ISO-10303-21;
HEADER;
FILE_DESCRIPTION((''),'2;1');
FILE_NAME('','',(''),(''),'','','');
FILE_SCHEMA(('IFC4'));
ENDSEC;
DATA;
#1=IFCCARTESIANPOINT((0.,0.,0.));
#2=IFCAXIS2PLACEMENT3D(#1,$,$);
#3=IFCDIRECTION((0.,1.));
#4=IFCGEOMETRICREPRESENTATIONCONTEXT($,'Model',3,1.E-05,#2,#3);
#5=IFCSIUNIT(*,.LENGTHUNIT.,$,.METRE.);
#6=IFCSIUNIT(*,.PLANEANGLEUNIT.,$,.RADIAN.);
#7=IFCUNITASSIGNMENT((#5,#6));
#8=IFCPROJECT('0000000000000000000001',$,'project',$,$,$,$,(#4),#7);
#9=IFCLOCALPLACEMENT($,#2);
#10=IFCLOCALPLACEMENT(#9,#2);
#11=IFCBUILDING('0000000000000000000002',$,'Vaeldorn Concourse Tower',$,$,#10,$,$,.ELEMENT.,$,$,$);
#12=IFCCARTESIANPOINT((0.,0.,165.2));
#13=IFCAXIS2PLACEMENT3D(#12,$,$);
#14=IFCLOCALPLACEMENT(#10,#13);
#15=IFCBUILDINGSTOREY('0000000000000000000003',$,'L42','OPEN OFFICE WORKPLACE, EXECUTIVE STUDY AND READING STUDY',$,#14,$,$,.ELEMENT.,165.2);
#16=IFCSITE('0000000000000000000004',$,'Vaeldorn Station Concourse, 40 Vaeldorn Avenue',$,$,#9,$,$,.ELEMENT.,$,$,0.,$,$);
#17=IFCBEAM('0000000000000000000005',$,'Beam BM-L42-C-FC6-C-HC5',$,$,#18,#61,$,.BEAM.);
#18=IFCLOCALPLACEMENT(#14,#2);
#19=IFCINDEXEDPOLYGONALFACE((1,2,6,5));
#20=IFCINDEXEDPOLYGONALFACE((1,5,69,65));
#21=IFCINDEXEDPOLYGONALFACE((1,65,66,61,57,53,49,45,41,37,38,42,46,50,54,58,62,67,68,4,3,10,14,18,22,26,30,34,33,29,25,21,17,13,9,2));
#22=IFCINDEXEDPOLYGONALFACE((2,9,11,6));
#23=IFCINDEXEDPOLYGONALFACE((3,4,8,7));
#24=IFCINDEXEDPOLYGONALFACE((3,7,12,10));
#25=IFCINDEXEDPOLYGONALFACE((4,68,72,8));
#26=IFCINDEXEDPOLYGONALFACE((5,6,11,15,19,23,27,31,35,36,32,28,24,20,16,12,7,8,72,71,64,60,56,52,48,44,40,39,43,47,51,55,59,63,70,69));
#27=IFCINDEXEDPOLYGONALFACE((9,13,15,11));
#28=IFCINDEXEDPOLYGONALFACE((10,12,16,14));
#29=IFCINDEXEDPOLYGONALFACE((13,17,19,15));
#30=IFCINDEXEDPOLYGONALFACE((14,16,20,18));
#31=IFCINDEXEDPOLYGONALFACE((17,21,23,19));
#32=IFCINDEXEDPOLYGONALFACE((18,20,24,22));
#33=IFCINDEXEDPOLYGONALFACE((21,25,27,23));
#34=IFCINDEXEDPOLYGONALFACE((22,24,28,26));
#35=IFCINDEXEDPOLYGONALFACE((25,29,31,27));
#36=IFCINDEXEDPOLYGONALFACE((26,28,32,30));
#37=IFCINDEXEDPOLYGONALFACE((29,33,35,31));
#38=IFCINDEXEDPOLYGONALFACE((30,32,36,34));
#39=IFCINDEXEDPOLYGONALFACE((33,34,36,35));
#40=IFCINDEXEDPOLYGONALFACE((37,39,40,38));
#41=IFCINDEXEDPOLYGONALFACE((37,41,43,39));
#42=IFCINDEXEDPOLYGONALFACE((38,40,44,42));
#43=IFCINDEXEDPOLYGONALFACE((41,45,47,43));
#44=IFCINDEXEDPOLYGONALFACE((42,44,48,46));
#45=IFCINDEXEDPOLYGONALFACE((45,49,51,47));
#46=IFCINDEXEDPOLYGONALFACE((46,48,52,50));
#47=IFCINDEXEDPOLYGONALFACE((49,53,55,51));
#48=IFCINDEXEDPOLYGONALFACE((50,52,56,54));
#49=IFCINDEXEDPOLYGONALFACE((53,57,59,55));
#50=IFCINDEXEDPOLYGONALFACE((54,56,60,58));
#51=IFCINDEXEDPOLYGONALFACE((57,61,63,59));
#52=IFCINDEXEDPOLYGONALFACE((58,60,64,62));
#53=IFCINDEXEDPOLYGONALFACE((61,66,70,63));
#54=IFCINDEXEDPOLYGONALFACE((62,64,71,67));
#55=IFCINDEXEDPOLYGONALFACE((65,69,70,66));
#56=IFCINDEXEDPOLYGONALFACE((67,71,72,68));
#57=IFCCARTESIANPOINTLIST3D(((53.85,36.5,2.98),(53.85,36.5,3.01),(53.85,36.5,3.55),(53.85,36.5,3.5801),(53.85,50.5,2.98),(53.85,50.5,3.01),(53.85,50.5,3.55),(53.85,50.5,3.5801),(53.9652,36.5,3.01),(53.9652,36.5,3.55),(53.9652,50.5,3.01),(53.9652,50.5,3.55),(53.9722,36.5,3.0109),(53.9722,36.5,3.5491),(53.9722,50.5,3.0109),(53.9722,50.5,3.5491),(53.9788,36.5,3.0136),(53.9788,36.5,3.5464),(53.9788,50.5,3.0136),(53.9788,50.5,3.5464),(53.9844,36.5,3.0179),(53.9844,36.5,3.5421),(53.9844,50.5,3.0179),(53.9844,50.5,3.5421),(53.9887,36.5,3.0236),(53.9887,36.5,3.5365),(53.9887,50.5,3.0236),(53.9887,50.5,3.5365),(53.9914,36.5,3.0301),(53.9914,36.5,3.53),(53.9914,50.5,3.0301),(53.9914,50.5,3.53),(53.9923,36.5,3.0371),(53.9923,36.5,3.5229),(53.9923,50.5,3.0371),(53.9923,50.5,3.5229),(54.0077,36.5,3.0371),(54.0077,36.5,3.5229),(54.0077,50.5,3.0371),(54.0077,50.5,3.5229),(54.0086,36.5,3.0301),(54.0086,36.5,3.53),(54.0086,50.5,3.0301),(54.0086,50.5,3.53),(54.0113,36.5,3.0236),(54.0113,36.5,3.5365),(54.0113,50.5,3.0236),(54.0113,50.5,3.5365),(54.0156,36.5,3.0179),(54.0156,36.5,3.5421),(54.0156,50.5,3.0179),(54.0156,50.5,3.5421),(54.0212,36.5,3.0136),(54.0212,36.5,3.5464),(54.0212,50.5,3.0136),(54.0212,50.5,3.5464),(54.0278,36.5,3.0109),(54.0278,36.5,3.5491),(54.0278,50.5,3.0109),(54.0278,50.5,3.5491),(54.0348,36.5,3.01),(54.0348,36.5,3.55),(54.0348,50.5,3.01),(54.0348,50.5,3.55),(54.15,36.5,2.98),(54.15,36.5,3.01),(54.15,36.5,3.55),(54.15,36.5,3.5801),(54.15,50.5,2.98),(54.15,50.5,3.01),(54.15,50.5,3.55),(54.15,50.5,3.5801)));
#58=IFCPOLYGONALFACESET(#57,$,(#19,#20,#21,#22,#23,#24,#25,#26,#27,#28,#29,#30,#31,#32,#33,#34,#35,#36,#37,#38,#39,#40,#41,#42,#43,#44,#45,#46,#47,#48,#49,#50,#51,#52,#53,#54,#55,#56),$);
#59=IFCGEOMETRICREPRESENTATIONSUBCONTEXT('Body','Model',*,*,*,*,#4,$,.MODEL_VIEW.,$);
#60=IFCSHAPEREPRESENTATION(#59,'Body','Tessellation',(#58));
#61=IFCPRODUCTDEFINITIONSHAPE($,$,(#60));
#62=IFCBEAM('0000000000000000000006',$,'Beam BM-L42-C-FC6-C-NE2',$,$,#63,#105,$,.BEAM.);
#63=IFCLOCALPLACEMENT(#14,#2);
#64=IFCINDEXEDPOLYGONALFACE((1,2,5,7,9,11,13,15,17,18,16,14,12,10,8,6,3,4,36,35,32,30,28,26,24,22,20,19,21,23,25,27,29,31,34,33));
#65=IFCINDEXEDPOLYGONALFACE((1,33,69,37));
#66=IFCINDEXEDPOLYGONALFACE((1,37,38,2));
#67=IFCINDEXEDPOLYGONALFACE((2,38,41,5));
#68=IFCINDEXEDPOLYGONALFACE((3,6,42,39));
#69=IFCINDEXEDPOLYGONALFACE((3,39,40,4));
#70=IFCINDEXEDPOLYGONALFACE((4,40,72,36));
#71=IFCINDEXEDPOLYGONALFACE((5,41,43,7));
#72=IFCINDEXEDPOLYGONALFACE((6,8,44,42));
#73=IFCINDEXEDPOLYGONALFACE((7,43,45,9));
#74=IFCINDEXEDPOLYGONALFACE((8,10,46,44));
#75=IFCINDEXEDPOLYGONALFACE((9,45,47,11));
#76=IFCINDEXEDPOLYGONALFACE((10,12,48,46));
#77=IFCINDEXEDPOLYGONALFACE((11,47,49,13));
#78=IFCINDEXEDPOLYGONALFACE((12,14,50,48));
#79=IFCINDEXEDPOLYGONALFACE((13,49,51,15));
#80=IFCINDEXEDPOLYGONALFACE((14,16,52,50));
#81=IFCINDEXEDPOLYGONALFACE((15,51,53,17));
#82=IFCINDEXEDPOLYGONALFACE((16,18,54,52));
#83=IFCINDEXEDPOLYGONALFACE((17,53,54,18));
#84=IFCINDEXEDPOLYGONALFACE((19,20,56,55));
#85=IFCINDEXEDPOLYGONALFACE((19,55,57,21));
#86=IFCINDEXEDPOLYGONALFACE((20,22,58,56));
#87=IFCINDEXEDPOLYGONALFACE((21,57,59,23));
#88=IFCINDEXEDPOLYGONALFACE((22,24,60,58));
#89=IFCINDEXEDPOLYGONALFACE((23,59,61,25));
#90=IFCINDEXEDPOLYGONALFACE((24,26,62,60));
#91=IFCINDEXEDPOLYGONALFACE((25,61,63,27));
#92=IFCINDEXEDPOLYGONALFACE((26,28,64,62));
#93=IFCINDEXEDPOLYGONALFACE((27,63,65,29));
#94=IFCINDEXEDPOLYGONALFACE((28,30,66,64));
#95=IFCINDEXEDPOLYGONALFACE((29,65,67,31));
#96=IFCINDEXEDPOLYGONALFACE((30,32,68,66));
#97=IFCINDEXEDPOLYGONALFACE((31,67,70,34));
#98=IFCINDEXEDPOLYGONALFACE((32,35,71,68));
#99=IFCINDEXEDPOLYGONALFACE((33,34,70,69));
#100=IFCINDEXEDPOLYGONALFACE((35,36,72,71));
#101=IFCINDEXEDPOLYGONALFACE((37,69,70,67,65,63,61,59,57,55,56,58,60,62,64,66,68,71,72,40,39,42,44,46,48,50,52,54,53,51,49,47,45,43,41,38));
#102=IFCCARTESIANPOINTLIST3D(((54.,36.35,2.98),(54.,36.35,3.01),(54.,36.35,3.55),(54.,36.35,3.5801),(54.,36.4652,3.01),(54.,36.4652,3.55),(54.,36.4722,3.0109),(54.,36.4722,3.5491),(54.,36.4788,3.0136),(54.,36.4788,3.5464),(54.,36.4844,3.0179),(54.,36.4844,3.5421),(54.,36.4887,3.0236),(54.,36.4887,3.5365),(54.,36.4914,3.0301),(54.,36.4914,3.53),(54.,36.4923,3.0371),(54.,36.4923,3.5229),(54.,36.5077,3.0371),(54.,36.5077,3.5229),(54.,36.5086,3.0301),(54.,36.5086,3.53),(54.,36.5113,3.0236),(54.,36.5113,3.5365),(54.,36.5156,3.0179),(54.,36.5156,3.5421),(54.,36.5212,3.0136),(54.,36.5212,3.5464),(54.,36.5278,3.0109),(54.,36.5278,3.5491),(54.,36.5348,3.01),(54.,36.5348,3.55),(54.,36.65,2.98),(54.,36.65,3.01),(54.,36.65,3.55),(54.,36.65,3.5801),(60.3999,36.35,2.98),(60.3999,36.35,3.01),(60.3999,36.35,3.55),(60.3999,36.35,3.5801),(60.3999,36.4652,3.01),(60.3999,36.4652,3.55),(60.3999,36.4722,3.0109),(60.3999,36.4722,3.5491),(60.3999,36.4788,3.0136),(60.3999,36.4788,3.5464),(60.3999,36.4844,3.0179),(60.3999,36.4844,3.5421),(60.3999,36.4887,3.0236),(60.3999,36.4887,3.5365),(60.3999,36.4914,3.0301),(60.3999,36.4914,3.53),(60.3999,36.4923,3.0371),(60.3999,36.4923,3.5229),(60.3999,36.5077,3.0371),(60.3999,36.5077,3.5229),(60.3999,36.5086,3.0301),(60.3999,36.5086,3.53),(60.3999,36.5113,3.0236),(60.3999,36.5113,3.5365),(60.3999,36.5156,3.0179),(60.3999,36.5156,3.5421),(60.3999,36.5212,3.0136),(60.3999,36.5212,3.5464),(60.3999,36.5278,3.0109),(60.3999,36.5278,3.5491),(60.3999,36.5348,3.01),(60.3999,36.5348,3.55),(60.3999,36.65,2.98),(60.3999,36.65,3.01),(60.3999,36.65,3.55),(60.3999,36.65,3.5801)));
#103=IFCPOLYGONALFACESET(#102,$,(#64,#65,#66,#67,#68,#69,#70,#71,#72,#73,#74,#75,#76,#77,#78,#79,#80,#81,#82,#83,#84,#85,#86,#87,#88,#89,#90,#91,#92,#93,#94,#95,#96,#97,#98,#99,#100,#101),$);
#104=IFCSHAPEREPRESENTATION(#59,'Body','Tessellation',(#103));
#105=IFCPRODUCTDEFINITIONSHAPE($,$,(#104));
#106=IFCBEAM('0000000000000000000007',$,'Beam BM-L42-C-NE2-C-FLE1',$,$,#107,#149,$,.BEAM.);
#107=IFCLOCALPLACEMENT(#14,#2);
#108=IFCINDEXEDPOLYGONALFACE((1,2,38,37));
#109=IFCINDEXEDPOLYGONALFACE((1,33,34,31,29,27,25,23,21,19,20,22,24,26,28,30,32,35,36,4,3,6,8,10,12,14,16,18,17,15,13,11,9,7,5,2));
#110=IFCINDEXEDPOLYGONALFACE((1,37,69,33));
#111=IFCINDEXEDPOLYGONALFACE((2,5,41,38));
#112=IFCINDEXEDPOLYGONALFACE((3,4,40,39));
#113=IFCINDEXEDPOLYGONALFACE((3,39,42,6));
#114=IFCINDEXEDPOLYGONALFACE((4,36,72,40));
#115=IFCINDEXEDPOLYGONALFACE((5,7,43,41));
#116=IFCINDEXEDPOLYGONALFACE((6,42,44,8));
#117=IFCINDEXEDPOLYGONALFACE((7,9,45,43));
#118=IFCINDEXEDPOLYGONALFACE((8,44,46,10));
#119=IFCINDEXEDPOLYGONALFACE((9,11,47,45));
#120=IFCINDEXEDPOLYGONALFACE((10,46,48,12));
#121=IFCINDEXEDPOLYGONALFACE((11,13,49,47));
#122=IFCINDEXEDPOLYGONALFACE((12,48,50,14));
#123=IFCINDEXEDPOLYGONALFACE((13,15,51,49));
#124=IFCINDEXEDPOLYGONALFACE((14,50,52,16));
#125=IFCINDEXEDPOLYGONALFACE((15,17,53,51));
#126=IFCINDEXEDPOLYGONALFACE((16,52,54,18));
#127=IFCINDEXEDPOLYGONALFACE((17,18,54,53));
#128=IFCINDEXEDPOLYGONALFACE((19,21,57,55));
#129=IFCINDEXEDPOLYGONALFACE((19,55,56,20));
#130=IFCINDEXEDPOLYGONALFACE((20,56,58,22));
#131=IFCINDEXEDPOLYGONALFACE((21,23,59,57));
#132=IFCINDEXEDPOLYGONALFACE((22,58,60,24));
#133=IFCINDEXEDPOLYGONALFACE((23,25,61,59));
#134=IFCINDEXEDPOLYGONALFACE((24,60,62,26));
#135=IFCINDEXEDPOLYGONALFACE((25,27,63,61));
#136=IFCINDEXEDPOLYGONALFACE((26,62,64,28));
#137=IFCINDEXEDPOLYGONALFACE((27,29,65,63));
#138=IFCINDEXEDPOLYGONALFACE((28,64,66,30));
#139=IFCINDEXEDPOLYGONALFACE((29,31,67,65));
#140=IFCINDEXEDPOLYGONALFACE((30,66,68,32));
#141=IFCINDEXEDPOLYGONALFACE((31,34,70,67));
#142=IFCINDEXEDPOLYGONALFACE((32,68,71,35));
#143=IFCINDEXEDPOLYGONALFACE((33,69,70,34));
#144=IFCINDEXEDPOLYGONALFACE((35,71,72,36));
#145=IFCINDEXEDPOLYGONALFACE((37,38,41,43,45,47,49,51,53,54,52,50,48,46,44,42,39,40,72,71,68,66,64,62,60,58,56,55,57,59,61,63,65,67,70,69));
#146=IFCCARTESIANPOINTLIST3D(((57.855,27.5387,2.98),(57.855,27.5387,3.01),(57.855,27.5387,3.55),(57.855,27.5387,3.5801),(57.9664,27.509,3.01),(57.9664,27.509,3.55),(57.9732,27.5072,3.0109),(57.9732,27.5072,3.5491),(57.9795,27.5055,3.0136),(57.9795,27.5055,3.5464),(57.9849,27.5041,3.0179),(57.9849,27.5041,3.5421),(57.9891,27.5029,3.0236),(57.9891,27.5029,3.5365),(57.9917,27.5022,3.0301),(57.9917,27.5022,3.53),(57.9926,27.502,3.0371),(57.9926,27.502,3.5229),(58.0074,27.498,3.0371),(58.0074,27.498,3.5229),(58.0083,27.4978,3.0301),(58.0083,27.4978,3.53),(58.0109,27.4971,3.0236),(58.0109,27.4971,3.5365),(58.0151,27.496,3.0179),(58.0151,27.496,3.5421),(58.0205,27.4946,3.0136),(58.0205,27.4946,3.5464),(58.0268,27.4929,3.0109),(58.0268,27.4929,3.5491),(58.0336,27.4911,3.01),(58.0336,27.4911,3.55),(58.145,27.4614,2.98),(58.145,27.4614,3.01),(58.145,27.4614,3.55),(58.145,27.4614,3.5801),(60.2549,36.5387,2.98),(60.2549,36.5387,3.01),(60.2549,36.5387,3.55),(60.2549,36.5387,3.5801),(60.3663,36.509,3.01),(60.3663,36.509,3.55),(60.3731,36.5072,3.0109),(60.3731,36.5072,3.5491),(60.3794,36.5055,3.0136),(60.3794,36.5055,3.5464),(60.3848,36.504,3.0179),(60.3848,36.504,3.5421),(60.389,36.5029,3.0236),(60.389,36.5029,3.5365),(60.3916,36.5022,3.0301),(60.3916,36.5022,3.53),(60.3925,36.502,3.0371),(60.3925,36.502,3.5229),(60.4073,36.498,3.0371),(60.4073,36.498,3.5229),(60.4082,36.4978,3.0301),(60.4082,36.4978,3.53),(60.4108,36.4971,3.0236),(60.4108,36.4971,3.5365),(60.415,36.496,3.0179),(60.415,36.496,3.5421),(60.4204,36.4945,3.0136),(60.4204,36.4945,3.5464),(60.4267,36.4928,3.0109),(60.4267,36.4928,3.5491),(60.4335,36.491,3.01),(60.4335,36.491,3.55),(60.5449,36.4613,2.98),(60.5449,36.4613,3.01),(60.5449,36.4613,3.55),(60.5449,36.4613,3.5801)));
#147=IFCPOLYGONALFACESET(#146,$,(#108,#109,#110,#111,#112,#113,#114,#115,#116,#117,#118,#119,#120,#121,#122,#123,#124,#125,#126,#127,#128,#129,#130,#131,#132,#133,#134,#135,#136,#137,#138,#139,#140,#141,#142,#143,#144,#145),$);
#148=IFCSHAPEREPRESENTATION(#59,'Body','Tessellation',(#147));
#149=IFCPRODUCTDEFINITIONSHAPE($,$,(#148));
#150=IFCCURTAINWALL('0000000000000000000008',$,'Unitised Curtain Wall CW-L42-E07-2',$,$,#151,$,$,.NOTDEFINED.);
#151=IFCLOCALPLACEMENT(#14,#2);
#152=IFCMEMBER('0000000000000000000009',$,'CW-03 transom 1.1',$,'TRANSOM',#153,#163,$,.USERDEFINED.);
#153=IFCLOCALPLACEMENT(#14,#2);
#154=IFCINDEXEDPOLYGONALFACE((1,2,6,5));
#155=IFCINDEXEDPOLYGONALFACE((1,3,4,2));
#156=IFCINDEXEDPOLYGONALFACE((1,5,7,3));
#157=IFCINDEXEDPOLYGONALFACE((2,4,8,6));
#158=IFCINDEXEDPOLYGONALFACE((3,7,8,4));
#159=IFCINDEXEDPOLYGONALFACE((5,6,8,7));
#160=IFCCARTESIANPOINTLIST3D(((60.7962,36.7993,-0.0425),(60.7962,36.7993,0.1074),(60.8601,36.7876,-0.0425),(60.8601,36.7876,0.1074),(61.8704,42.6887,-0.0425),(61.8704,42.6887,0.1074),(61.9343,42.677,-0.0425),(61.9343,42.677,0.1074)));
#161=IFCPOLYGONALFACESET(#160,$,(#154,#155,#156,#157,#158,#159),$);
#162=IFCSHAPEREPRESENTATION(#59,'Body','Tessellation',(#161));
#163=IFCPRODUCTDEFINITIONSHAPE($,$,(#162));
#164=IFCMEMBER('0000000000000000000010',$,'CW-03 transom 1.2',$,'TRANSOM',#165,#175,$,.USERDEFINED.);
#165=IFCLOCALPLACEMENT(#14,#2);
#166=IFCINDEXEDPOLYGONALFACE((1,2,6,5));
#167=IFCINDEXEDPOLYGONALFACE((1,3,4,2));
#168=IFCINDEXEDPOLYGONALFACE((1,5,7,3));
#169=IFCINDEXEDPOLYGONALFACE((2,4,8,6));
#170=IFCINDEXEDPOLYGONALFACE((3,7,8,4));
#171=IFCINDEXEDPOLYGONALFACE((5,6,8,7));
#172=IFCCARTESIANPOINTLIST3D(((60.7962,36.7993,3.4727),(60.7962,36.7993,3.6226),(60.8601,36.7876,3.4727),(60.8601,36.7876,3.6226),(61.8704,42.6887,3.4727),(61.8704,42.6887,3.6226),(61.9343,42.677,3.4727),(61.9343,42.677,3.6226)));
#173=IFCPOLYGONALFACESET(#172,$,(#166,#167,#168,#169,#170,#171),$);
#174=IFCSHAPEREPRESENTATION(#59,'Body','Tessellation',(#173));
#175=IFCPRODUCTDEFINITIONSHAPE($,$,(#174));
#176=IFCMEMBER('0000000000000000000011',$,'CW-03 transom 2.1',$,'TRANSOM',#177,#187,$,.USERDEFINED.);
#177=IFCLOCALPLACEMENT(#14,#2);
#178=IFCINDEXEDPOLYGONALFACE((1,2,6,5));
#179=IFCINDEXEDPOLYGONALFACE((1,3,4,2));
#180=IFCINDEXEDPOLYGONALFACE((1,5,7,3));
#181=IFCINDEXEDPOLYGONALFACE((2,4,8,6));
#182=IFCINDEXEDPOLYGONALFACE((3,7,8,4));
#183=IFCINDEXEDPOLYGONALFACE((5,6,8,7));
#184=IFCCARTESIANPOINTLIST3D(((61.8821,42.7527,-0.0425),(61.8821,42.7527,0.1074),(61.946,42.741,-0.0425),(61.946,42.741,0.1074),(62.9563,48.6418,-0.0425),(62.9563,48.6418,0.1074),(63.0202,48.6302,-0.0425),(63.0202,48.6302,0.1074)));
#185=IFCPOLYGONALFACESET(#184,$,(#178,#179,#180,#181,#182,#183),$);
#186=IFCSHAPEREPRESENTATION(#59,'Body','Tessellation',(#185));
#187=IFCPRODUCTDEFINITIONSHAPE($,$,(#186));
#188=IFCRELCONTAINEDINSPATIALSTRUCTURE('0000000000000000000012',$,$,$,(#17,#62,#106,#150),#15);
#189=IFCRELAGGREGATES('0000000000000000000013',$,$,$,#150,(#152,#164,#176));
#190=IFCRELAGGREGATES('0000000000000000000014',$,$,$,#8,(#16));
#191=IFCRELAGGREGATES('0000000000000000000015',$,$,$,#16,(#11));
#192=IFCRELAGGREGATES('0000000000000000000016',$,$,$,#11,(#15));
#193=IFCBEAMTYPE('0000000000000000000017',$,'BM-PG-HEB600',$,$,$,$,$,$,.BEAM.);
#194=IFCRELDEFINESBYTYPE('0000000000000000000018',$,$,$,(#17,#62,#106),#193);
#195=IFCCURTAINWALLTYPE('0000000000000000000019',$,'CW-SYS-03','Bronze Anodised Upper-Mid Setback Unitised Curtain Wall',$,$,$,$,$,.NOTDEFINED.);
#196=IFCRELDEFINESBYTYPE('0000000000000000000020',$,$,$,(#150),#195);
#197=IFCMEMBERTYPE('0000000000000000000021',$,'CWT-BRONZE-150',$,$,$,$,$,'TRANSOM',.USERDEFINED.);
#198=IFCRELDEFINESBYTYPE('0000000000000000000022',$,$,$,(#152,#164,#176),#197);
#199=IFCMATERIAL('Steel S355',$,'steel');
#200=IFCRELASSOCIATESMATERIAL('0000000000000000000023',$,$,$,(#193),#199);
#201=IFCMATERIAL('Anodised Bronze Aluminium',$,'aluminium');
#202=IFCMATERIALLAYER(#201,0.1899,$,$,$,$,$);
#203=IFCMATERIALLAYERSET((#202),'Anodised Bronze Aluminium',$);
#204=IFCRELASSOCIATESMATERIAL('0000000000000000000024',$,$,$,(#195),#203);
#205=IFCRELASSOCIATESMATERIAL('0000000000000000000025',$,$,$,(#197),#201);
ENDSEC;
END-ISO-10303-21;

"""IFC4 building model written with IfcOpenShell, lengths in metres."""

from ifc_helpers import new_model, si_unit, direction, frame, origin, origin_2d, place, context, subcontext, project, spatial, rectangle, i_section, extrude, source, transform, mapped, material, layer, layer_set, material_profile, profile_set, type_object, element, aggregate, save


model = new_model("IFC4")

# Units and contexts
model_context = context("Model", 3, precision=1e-05, world=origin(), true_north=direction((0.0, 1.0)))
body_context = subcontext(model_context, "Body", "Model", "MODEL_VIEW")
ifc_project = project(units=[si_unit("LENGTHUNIT", "METRE"), si_unit("PLANEANGLEUNIT", "RADIAN")], contexts=[model_context])

# Site, building, storey
site_placement = place(None, origin())
site = spatial("IfcSite", under=ifc_project, at=site_placement, Name="Vaeldorn Station Concourse, 40 Vaeldorn Avenue", CompositionType="ELEMENT", RefElevation=0.0)
building_placement = place(site_placement, origin())
building = spatial("IfcBuilding", under=site, at=building_placement, Name="Vaeldorn Concourse Tower", CompositionType="ELEMENT")
storey_placement = place(building_placement, frame((0.0, 0.0, 165.2)))
storey = spatial("IfcBuildingStorey", under=building, at=storey_placement, Name="L42", Description="OPEN OFFICE WORKPLACE, EXECUTIVE STUDY AND READING STUDY", CompositionType="ELEMENT", Elevation=165.2)

# Beams
ifc_material_1 = material(Name="Steel S355", Category="steel")
ifc_material_profile_1 = material_profile(ifc_material_1, i_section(OverallWidth=0.3, OverallDepth=0.6001, WebThickness=0.0154, FlangeThickness=0.03, FilletRadius=0.0271, at=origin_2d()), Name="HEB 600")
ifc_profile_set_1 = profile_set([ifc_material_profile_1], Name="Steel S355")
beam_type_1 = type_object("IfcBeamType", Name="BM-PG-HEB600", PredefinedType="BEAM", material=ifc_profile_set_1)
shared_shape_1 = source(origin(), body_context, "Body", "SweptSolid", [
    extrude(i_section(OverallWidth=0.3, OverallDepth=0.6001, WebThickness=0.0154, FlangeThickness=0.03, FilletRadius=0.0271, at=origin_2d()), origin(), (0.0, 0.0, 1.0), 14.0),
])
beam_1_placement = place(storey_placement, frame((54.0, 36.5, 3.28), z_axis=(0.0, 1.0, 0.0), x_axis=(-1.0, 0.0, 0.0)))
element("IfcBeam", 1, at=beam_1_placement, inside=storey, type_object=beam_type_1, Name="Beam BM-L42-C-FC6-C-HC5", PredefinedType="BEAM", context=body_context, shape_type="MappedRepresentation", body=[
    mapped(shared_shape_1, transform((0.0, 0.0, 0.0), scale=1.0)),
])
shared_shape_2 = source(origin(), body_context, "Body", "SweptSolid", [
    extrude(i_section(OverallWidth=0.3, OverallDepth=0.6001, WebThickness=0.0154, FlangeThickness=0.03, FilletRadius=0.0271, at=origin_2d()), origin(), (0.0, 0.0, 1.0), 6.3999),
])
beam_2_placement = place(storey_placement, frame((54.0, 36.5, 3.28), z_axis=(1.0, 0.0, 0.0), x_axis=(0.0, 1.0, 0.0)))
element("IfcBeam", 2, at=beam_2_placement, inside=storey, type_object=beam_type_1, Name="Beam BM-L42-C-FC6-C-NE2", PredefinedType="BEAM", context=body_context, shape_type="MappedRepresentation", body=[
    mapped(shared_shape_2, transform((0.0, 0.0, 0.0), scale=1.0)),
])
shared_shape_3 = source(origin(), body_context, "Body", "SweptSolid", [
    extrude(i_section(OverallWidth=0.3, OverallDepth=0.6001, WebThickness=0.0154, FlangeThickness=0.03, FilletRadius=0.0271, at=origin_2d()), origin(), (0.0, 0.0, 1.0), 9.3145),
])
beam_3_placement = place(storey_placement, frame((60.3999, 36.5, 3.28), z_axis=(-0.257653, -0.966238, 0.0), x_axis=(0.966238, -0.257653, 0.0)))
element("IfcBeam", 3, at=beam_3_placement, inside=storey, type_object=beam_type_1, Name="Beam BM-L42-C-NE2-C-FLE1", PredefinedType="BEAM", context=body_context, shape_type="MappedRepresentation", body=[
    mapped(shared_shape_3, transform((0.0, 0.0, 0.0), scale=1.0)),
])

# Curtain wall, members
ifc_material_2 = material(Name="Anodised Bronze Aluminium", Category="aluminium")
ifc_layer_1 = layer(ifc_material_2, 0.1899)
ifc_layer_set_1 = layer_set([ifc_layer_1], Name="Anodised Bronze Aluminium")
curtain_wall_type = type_object("IfcCurtainWallType", Name="CW-SYS-03", Description="Bronze Anodised Upper-Mid Setback Unitised Curtain Wall", PredefinedType="NOTDEFINED", material=ifc_layer_set_1)
curtain_wall_placement = place(storey_placement, origin())
curtain_wall = element("IfcCurtainWall", 4, at=curtain_wall_placement, inside=storey, type_object=curtain_wall_type, Name="Unitised Curtain Wall CW-L42-E07-2", PredefinedType="NOTDEFINED")
ifc_material_profile_2 = material_profile(ifc_material_2, rectangle(XDim=0.0649, YDim=0.1499, at=origin_2d()), Name="CWT 65x150")
ifc_profile_set_2 = profile_set([ifc_material_profile_2], Name="Anodised Bronze Aluminium")
member_type_1 = type_object("IfcMemberType", Name="CWT-BRONZE-150", ElementType="TRANSOM", PredefinedType="USERDEFINED", material=ifc_profile_set_2)
shared_shape_4 = source(origin(), body_context, "Body", "SweptSolid", [
    extrude(rectangle(XDim=0.0649, YDim=0.1499, at=origin_2d()), origin(), (0.0, 0.0, 1.0), 5.9866),
])
member_1_placement = place(storey_placement, frame((60.8281, 36.7935, 0.0325), z_axis=(0.179438, 0.983769, 0.0), x_axis=(-0.983769, 0.179438, 0.0)))
member_1 = element("IfcMember", 5, at=member_1_placement, type_object=member_type_1, Name="CW-03 transom 1.1", ObjectType="TRANSOM", PredefinedType="USERDEFINED", context=body_context, shape_type="MappedRepresentation", body=[
    mapped(shared_shape_4, transform((0.0, 0.0, 0.0), scale=1.0)),
])
member_2_placement = place(storey_placement, frame((60.8281, 36.7935, 3.5476), z_axis=(0.179438, 0.983769, 0.0), x_axis=(-0.983769, 0.179438, 0.0)))
member_2 = element("IfcMember", 6, at=member_2_placement, type_object=member_type_1, Name="CW-03 transom 1.2", ObjectType="TRANSOM", PredefinedType="USERDEFINED", context=body_context, shape_type="MappedRepresentation", body=[
    mapped(shared_shape_4, transform((0.0, 0.0, 0.0), scale=1.0)),
])
shared_shape_5 = source(origin(), body_context, "Body", "SweptSolid", [
    extrude(rectangle(XDim=0.0649, YDim=0.1499, at=origin_2d()), origin(), (0.0, 0.0, 1.0), 5.9863),
])
member_3_placement = place(storey_placement, frame((61.9141, 42.7468, 0.0325), z_axis=(0.179445, 0.983768, 0.0), x_axis=(-0.983768, 0.179445, 0.0)))
member_3 = element("IfcMember", 7, at=member_3_placement, type_object=member_type_1, Name="CW-03 transom 2.1", ObjectType="TRANSOM", PredefinedType="USERDEFINED", context=body_context, shape_type="MappedRepresentation", body=[
    mapped(shared_shape_5, transform((0.0, 0.0, 0.0), scale=1.0)),
])
aggregate(curtain_wall, [member_1, member_2, member_3])

save(model, "model.ifc")
